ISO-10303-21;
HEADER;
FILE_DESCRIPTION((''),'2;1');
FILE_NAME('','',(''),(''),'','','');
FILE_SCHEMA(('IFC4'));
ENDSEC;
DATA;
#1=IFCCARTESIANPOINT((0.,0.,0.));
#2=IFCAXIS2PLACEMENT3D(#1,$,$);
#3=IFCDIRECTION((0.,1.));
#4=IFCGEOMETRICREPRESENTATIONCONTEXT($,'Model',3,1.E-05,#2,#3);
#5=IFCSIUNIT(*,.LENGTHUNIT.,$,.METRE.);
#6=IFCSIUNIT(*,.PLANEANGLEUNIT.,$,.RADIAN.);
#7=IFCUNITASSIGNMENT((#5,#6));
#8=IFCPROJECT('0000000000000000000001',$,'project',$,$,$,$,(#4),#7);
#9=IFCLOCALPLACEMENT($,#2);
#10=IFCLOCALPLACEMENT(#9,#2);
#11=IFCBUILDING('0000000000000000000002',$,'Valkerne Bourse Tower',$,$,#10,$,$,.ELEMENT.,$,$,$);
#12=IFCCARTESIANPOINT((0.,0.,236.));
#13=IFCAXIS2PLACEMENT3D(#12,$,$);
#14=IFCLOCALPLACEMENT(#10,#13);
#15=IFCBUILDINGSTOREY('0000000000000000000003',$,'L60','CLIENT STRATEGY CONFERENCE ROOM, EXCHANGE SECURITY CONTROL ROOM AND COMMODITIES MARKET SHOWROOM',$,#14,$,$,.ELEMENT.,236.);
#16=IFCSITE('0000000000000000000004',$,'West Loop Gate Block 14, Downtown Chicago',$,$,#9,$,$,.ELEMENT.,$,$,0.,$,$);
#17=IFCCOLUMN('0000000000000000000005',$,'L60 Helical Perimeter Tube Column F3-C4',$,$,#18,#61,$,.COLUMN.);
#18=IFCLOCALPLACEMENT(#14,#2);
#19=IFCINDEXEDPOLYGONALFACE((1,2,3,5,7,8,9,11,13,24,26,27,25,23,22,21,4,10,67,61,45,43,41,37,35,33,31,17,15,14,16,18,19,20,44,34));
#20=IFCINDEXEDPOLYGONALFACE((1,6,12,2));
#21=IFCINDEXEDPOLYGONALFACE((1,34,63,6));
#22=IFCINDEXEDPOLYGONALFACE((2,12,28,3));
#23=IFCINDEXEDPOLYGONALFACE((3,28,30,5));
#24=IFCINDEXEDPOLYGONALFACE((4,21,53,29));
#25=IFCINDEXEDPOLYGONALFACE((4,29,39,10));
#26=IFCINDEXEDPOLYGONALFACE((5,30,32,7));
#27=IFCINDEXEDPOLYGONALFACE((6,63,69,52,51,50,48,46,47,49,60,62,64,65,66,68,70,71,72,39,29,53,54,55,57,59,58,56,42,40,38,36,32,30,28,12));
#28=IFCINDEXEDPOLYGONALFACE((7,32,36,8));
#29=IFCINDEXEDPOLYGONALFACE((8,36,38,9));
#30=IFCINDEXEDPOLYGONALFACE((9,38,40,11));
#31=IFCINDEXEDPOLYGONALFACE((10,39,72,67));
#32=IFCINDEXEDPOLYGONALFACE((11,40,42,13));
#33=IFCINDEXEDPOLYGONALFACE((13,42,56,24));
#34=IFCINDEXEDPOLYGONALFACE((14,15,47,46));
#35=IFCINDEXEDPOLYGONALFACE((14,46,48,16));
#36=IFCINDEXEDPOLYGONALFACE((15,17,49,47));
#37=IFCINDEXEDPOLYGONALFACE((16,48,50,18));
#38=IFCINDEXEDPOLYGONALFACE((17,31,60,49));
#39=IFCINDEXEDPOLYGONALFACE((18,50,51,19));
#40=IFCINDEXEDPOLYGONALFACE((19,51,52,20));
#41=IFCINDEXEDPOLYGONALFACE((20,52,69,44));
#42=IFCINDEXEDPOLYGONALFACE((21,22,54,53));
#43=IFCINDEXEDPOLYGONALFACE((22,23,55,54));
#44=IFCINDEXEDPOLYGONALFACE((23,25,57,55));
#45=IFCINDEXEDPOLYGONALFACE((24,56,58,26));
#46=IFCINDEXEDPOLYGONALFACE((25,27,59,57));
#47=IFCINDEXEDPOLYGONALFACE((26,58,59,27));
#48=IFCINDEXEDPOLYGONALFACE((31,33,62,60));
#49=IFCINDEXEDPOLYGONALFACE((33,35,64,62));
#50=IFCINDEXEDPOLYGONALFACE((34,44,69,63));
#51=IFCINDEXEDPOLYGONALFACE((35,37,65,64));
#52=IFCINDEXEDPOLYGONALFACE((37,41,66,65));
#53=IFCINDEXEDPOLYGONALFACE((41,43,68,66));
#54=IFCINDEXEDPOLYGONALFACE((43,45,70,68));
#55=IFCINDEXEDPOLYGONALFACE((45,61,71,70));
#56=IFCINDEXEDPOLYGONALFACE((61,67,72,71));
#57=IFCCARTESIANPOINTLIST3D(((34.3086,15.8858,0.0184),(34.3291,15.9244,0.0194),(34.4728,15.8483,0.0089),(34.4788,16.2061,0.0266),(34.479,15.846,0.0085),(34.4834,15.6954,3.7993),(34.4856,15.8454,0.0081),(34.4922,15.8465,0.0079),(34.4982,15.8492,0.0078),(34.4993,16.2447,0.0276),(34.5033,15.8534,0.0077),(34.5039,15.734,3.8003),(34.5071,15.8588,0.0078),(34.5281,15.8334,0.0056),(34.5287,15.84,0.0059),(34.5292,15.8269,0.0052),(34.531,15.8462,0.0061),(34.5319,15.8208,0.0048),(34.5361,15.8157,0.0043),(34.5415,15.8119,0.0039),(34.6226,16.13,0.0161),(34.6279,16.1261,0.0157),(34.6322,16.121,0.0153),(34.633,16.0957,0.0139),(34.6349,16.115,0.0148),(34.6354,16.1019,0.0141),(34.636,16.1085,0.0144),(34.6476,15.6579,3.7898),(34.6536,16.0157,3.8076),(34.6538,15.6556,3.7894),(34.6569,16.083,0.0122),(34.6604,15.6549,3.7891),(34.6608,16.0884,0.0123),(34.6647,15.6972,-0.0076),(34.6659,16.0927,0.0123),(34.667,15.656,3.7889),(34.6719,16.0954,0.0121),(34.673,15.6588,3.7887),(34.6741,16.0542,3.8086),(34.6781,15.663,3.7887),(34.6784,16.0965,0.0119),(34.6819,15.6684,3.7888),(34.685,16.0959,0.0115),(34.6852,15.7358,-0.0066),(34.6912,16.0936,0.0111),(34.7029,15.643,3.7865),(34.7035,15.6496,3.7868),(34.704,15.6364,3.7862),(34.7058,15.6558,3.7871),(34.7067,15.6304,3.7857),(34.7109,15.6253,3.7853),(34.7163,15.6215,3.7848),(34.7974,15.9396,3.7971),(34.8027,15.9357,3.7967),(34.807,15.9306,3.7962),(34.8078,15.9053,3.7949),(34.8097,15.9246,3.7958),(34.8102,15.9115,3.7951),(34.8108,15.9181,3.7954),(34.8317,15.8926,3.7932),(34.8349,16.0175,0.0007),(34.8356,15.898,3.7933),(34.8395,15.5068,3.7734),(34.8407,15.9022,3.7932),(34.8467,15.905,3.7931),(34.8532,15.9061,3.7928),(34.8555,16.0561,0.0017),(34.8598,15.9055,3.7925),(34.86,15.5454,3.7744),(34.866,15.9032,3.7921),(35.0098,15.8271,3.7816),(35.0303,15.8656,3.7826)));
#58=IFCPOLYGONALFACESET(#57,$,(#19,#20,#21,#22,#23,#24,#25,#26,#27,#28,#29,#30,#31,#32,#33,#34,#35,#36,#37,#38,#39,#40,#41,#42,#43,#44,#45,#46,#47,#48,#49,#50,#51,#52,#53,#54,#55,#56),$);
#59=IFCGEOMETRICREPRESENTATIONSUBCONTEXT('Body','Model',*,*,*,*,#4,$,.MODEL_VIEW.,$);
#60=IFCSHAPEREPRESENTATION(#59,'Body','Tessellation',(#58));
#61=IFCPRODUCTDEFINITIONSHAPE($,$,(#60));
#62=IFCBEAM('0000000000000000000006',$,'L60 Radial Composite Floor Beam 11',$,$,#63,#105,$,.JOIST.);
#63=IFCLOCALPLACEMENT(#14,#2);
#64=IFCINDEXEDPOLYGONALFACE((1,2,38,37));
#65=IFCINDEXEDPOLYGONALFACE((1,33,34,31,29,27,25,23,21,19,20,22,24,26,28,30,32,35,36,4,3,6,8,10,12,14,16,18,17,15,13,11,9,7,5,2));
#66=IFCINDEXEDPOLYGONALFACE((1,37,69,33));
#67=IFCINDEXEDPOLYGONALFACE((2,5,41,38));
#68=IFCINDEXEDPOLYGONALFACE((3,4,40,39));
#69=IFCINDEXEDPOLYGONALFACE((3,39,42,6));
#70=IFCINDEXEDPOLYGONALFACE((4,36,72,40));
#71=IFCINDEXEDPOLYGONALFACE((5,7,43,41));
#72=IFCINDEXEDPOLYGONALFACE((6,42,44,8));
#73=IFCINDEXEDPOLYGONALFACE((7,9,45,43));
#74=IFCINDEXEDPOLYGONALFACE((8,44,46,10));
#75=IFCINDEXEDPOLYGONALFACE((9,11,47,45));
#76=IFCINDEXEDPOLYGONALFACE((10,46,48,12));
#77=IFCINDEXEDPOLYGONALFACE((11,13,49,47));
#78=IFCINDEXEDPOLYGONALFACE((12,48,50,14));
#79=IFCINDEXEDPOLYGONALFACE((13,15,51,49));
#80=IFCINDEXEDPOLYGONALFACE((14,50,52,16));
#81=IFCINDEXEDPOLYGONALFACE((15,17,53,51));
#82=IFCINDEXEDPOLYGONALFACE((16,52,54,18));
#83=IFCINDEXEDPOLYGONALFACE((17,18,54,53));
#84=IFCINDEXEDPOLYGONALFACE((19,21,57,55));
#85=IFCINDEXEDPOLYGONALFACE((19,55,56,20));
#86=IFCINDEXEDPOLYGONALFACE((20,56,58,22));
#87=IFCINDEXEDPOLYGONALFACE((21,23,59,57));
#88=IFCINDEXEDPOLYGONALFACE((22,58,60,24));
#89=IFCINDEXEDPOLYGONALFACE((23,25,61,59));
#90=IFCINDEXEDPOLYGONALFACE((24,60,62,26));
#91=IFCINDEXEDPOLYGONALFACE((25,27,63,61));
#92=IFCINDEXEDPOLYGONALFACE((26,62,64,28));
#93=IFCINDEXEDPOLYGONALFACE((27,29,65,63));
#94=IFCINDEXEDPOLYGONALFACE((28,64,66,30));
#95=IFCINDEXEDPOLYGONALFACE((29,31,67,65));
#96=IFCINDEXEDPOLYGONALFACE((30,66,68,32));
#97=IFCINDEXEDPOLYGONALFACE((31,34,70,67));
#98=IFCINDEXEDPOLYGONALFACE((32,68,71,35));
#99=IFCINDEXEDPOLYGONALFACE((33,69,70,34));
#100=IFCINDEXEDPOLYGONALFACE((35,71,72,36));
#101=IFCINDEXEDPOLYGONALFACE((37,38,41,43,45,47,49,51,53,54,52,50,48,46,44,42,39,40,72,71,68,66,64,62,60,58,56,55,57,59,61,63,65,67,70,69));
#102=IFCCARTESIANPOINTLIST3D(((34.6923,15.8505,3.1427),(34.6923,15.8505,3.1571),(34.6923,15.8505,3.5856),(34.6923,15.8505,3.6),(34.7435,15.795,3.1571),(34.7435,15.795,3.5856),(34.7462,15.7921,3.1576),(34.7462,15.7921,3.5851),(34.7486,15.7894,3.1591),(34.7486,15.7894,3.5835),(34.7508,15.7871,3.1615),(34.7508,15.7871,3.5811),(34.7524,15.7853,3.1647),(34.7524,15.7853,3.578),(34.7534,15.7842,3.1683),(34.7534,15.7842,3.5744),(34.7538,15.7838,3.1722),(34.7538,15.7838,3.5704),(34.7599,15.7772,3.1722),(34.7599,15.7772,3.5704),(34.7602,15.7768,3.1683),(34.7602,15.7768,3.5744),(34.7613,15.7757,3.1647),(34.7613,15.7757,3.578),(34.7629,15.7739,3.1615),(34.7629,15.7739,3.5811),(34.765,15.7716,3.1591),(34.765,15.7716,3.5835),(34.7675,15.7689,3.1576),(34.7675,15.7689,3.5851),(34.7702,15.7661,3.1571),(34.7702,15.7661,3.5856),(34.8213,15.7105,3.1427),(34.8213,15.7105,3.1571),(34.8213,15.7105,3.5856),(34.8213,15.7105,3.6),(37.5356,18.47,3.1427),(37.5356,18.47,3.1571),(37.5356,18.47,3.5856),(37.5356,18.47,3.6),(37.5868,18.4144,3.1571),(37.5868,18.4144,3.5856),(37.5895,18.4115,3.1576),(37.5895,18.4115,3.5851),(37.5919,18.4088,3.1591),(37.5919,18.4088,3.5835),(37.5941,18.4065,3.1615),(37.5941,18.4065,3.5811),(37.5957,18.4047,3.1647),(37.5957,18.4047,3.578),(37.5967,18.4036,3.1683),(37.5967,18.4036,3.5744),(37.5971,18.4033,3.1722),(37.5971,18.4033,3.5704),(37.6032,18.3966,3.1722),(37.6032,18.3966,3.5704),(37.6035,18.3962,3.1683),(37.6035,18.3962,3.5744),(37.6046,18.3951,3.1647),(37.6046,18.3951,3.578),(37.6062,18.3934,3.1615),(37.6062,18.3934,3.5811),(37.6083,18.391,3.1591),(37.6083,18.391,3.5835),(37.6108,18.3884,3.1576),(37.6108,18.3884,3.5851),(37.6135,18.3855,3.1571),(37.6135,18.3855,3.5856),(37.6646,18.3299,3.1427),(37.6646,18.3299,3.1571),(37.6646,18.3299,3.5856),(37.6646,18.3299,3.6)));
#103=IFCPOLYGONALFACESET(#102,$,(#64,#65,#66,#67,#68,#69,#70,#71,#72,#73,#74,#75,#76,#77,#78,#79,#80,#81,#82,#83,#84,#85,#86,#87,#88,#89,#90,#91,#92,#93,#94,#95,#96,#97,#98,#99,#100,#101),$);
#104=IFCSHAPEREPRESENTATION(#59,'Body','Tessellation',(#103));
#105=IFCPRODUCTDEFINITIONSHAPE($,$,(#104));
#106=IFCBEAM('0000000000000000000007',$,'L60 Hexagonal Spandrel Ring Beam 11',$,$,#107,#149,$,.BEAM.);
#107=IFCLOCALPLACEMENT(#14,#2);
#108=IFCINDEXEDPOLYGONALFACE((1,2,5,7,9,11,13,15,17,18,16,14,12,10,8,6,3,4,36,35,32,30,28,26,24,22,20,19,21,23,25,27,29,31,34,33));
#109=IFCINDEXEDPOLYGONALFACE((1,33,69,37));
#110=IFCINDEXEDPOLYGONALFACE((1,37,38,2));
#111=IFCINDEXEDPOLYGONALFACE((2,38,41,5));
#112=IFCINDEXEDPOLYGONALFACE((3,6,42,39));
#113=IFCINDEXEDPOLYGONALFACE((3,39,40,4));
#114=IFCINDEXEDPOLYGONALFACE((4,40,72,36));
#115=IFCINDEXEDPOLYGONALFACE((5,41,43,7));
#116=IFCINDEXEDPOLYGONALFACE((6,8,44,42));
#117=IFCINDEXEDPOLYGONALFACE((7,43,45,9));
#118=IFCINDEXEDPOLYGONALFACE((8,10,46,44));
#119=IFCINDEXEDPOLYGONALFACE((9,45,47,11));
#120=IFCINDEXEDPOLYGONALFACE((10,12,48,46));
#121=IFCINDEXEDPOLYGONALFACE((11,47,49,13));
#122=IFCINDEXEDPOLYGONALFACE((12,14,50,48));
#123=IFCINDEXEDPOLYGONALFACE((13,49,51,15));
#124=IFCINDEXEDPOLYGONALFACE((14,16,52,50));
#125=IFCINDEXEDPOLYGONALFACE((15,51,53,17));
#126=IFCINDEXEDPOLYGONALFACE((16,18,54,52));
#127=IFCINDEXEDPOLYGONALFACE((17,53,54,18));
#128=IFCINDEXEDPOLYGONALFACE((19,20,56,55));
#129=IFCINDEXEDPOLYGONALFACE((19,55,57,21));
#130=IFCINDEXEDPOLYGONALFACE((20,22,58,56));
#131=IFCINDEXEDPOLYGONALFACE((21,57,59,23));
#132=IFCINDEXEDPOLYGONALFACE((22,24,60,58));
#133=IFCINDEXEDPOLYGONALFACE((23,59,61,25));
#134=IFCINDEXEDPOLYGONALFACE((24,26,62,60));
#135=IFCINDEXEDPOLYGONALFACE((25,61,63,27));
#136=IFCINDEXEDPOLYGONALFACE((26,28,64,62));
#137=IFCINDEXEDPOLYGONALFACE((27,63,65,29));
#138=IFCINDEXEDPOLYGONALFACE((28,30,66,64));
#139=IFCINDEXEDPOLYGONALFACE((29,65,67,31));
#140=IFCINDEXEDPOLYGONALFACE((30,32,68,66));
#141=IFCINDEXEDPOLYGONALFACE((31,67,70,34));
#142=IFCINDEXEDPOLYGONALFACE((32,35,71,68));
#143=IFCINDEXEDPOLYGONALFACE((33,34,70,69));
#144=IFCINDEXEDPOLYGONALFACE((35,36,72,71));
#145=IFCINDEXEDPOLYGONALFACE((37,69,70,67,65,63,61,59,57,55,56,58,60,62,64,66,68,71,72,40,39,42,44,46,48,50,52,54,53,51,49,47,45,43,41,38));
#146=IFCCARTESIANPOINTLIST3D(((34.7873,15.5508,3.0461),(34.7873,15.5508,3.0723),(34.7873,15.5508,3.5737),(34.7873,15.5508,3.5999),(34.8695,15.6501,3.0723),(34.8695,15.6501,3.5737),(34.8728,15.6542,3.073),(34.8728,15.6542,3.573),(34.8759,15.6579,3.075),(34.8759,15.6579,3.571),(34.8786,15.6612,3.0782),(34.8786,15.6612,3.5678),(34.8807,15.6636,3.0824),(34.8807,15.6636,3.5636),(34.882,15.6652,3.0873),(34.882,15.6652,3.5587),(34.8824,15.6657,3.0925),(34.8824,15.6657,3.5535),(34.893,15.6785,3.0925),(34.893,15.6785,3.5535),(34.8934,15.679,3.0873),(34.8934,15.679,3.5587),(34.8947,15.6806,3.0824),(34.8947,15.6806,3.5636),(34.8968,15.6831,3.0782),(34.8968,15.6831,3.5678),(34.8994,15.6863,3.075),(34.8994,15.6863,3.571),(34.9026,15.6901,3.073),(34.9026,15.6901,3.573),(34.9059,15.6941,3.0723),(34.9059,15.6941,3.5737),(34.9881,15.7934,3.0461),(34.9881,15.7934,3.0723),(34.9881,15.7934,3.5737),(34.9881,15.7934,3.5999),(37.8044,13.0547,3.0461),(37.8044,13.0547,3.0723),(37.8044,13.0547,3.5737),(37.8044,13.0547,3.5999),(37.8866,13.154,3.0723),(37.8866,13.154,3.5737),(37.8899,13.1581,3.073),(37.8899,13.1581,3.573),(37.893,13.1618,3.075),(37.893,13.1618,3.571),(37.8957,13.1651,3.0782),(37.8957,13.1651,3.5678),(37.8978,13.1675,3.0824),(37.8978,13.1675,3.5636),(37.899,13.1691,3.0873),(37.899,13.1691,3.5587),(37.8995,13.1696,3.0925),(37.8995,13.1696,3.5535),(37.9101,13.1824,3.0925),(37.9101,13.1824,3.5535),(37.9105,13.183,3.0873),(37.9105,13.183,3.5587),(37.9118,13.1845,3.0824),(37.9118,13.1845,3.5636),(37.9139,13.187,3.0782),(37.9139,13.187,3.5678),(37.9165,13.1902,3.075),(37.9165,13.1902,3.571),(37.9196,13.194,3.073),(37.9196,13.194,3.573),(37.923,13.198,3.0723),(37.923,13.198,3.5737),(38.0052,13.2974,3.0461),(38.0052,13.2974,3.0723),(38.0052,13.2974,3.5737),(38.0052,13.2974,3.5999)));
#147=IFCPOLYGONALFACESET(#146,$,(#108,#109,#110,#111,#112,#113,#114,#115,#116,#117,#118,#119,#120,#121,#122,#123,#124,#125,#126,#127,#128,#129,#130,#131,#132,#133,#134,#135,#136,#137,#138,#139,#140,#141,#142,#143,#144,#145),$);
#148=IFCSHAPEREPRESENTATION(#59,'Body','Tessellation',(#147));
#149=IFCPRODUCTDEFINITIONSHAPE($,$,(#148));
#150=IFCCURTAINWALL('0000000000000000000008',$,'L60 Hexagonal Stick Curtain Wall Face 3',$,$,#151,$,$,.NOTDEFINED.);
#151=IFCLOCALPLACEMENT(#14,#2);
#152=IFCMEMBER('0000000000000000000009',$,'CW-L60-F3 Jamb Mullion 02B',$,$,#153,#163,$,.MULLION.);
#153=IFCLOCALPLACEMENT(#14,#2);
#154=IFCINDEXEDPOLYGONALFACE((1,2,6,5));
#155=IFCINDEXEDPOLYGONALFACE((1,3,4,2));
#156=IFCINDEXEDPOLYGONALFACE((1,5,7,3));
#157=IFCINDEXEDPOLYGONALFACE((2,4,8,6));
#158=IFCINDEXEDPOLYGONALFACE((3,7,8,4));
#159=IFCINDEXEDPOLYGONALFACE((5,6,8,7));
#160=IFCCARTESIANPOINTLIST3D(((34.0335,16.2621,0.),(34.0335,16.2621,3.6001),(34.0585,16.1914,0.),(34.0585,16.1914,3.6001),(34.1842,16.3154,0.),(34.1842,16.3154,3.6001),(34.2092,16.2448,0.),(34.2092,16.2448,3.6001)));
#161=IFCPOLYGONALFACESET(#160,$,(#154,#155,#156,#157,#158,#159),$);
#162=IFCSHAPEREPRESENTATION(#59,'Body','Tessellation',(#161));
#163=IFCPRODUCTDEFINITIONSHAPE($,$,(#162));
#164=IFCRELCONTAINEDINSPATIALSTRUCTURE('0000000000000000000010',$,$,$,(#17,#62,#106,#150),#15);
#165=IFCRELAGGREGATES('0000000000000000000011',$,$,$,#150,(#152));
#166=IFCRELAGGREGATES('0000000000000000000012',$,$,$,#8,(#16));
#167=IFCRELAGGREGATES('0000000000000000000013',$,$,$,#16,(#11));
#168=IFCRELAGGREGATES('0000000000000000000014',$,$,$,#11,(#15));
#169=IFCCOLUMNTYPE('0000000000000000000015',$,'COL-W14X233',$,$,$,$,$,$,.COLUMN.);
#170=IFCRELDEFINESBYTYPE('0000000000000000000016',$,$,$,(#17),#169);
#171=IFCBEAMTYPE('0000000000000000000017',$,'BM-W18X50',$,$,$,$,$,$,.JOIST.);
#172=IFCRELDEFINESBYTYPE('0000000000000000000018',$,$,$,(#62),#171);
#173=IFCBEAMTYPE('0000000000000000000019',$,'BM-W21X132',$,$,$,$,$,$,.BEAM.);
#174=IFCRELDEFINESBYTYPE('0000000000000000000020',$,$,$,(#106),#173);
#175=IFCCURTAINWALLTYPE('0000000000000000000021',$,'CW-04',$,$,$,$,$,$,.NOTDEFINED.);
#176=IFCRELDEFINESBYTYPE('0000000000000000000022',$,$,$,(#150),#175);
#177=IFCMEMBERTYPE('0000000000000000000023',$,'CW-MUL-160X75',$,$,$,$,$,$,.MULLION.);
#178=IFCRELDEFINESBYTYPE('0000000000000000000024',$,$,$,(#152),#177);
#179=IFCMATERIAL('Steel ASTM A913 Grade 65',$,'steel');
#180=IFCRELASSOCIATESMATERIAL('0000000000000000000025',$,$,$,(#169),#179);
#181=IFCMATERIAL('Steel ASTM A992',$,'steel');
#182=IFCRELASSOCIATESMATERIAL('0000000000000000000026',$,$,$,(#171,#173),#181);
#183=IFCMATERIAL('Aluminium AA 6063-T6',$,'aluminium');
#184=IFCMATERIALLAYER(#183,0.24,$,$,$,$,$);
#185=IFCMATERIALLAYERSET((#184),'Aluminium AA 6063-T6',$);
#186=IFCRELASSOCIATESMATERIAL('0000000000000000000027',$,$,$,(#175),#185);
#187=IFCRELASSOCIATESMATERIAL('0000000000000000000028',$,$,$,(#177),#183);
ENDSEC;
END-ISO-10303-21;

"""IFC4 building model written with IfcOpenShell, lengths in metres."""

from ifc_helpers import new_model, si_unit, direction, frame, origin, origin_2d, place, context, subcontext, project, spatial, rectangle, i_section, extrude, material, layer, layer_set, material_profile, profile_set, type_object, element, aggregate, save


model = new_model("IFC4")

# Units and contexts
model_context = context("Model", 3, precision=1e-05, world=origin(), true_north=direction((0.0, 1.0)))
body_context = subcontext(model_context, "Body", "Model", "MODEL_VIEW")
ifc_project = project(units=[si_unit("LENGTHUNIT", "METRE"), si_unit("PLANEANGLEUNIT", "RADIAN")], contexts=[model_context])

# Site, building, storey
site_placement = place(None, origin())
site = spatial("IfcSite", under=ifc_project, at=site_placement, Name="West Loop Gate Block 14, Downtown Chicago", CompositionType="ELEMENT", RefElevation=0.0)
building_placement = place(site_placement, origin())
building = spatial("IfcBuilding", under=site, at=building_placement, Name="Valkerne Bourse Tower", CompositionType="ELEMENT")
storey_placement = place(building_placement, frame((0.0, 0.0, 236.0)))
storey = spatial("IfcBuildingStorey", under=building, at=storey_placement, Name="L60", Description="CLIENT STRATEGY CONFERENCE ROOM, EXCHANGE SECURITY CONTROL ROOM AND COMMODITIES MARKET SHOWROOM", CompositionType="ELEMENT", Elevation=236.0)

# Column
ifc_material_1 = material(Name="Steel ASTM A913 Grade 65", Category="steel")
ifc_material_profile_1 = material_profile(ifc_material_1, i_section(OverallWidth=0.4038, OverallDepth=0.4065, WebThickness=0.0271, FlangeThickness=0.0437, FilletRadius=0.0254, at=origin_2d()), Name="W14X233")
ifc_profile_set_1 = profile_set([ifc_material_profile_1], Name="Steel ASTM A913 Grade 65")
column_type = type_object("IfcColumnType", Name="COL-W14X233", PredefinedType="COLUMN", material=ifc_profile_set_1)
column_placement = place(storey_placement, frame((34.582, 15.9709, 0.01), z_axis=(0.046125, -0.050248, 0.997671), x_axis=(0.881875, -0.467078, -0.064295)))
element("IfcColumn", 1, at=column_placement, inside=storey, type_object=column_type, Name="L60 Helical Perimeter Tube Column F3-C4", PredefinedType="COLUMN", context=body_context, shape_type="SweptSolid", body=[
    extrude(i_section(OverallWidth=0.4038, OverallDepth=0.4065, WebThickness=0.0271, FlangeThickness=0.0437, FilletRadius=0.0254, at=origin_2d()), origin(), (0.0, 0.0, 1.0), 3.7898),
])

# Beams
ifc_material_2 = material(Name="Steel ASTM A992", Category="steel")
ifc_material_profile_2 = material_profile(ifc_material_2, i_section(OverallWidth=0.1904, OverallDepth=0.4573, WebThickness=0.009, FlangeThickness=0.0144, FilletRadius=0.0151, at=origin_2d()), Name="W18X50")
ifc_profile_set_2 = profile_set([ifc_material_profile_2], Name="Steel ASTM A992")
beam_type_1 = type_object("IfcBeamType", Name="BM-W18X50", PredefinedType="JOIST", material=ifc_profile_set_2)
beam_1_placement = place(storey_placement, frame((34.7568, 15.7805, 3.3713), z_axis=(0.735469, 0.677558, 0.0), x_axis=(-0.677558, 0.735469, 0.0)))
element("IfcBeam", 2, at=beam_1_placement, inside=storey, type_object=beam_type_1, Name="L60 Radial Composite Floor Beam 11", PredefinedType="JOIST", context=body_context, shape_type="SweptSolid", body=[
    extrude(i_section(OverallWidth=0.1904, OverallDepth=0.4573, WebThickness=0.009, FlangeThickness=0.0144, FilletRadius=0.0151, at=origin_2d()), origin(), (0.0, 0.0, 1.0), 3.866),
])
ifc_material_profile_3 = material_profile(ifc_material_2, i_section(OverallWidth=0.3149, OverallDepth=0.5537, WebThickness=0.0166, FlangeThickness=0.0261, FilletRadius=0.0203, at=origin_2d()), Name="W21X132")
ifc_profile_set_3 = profile_set([ifc_material_profile_3], Name="Steel ASTM A992")
beam_type_2 = type_object("IfcBeamType", Name="BM-W21X132", PredefinedType="BEAM", material=ifc_profile_set_3)
beam_2_placement = place(storey_placement, frame((34.8877, 15.6721, 3.323), z_axis=(0.770496, -0.637445, 0.0), x_axis=(0.637445, 0.770496, 0.0)))
element("IfcBeam", 3, at=beam_2_placement, inside=storey, type_object=beam_type_2, Name="L60 Hexagonal Spandrel Ring Beam 11", PredefinedType="BEAM", context=body_context, shape_type="SweptSolid", body=[
    extrude(i_section(OverallWidth=0.3149, OverallDepth=0.5537, WebThickness=0.0166, FlangeThickness=0.0261, FilletRadius=0.0203, at=origin_2d()), origin(), (0.0, 0.0, 1.0), 3.9158),
])

# Curtain wall, member
ifc_material_3 = material(Name="Aluminium AA 6063-T6", Category="aluminium")
ifc_layer_1 = layer(ifc_material_3, 0.24)
ifc_layer_set_1 = layer_set([ifc_layer_1], Name="Aluminium AA 6063-T6")
curtain_wall_type = type_object("IfcCurtainWallType", Name="CW-04", PredefinedType="NOTDEFINED", material=ifc_layer_set_1)
curtain_wall_placement = place(storey_placement, origin())
curtain_wall = element("IfcCurtainWall", 4, at=curtain_wall_placement, inside=storey, type_object=curtain_wall_type, Name="L60 Hexagonal Stick Curtain Wall Face 3", PredefinedType="NOTDEFINED")
ifc_material_profile_4 = material_profile(ifc_material_3, rectangle(XDim=0.075, YDim=0.1599, at=origin_2d()), Name="CWM-75X160")
ifc_profile_set_4 = profile_set([ifc_material_profile_4], Name="Aluminium AA 6063-T6")
member_type_1 = type_object("IfcMemberType", Name="CW-MUL-160X75", PredefinedType="MULLION", material=ifc_profile_set_4)
member_1_placement = place(storey_placement, frame((34.1213, 16.2534, 0.0), z_axis=(0.0, 0.0, 1.0), x_axis=(0.333801, -0.942644, 0.0)))
member_1 = element("IfcMember", 5, at=member_1_placement, type_object=member_type_1, Name="CW-L60-F3 Jamb Mullion 02B", PredefinedType="MULLION", context=body_context, shape_type="SweptSolid", body=[
    extrude(rectangle(XDim=0.075, YDim=0.1599, at=origin_2d()), origin(), (0.0, 0.0, 1.0), 3.6001),
])

aggregate(curtain_wall, [member_1])

save(model, "model.ifc")
